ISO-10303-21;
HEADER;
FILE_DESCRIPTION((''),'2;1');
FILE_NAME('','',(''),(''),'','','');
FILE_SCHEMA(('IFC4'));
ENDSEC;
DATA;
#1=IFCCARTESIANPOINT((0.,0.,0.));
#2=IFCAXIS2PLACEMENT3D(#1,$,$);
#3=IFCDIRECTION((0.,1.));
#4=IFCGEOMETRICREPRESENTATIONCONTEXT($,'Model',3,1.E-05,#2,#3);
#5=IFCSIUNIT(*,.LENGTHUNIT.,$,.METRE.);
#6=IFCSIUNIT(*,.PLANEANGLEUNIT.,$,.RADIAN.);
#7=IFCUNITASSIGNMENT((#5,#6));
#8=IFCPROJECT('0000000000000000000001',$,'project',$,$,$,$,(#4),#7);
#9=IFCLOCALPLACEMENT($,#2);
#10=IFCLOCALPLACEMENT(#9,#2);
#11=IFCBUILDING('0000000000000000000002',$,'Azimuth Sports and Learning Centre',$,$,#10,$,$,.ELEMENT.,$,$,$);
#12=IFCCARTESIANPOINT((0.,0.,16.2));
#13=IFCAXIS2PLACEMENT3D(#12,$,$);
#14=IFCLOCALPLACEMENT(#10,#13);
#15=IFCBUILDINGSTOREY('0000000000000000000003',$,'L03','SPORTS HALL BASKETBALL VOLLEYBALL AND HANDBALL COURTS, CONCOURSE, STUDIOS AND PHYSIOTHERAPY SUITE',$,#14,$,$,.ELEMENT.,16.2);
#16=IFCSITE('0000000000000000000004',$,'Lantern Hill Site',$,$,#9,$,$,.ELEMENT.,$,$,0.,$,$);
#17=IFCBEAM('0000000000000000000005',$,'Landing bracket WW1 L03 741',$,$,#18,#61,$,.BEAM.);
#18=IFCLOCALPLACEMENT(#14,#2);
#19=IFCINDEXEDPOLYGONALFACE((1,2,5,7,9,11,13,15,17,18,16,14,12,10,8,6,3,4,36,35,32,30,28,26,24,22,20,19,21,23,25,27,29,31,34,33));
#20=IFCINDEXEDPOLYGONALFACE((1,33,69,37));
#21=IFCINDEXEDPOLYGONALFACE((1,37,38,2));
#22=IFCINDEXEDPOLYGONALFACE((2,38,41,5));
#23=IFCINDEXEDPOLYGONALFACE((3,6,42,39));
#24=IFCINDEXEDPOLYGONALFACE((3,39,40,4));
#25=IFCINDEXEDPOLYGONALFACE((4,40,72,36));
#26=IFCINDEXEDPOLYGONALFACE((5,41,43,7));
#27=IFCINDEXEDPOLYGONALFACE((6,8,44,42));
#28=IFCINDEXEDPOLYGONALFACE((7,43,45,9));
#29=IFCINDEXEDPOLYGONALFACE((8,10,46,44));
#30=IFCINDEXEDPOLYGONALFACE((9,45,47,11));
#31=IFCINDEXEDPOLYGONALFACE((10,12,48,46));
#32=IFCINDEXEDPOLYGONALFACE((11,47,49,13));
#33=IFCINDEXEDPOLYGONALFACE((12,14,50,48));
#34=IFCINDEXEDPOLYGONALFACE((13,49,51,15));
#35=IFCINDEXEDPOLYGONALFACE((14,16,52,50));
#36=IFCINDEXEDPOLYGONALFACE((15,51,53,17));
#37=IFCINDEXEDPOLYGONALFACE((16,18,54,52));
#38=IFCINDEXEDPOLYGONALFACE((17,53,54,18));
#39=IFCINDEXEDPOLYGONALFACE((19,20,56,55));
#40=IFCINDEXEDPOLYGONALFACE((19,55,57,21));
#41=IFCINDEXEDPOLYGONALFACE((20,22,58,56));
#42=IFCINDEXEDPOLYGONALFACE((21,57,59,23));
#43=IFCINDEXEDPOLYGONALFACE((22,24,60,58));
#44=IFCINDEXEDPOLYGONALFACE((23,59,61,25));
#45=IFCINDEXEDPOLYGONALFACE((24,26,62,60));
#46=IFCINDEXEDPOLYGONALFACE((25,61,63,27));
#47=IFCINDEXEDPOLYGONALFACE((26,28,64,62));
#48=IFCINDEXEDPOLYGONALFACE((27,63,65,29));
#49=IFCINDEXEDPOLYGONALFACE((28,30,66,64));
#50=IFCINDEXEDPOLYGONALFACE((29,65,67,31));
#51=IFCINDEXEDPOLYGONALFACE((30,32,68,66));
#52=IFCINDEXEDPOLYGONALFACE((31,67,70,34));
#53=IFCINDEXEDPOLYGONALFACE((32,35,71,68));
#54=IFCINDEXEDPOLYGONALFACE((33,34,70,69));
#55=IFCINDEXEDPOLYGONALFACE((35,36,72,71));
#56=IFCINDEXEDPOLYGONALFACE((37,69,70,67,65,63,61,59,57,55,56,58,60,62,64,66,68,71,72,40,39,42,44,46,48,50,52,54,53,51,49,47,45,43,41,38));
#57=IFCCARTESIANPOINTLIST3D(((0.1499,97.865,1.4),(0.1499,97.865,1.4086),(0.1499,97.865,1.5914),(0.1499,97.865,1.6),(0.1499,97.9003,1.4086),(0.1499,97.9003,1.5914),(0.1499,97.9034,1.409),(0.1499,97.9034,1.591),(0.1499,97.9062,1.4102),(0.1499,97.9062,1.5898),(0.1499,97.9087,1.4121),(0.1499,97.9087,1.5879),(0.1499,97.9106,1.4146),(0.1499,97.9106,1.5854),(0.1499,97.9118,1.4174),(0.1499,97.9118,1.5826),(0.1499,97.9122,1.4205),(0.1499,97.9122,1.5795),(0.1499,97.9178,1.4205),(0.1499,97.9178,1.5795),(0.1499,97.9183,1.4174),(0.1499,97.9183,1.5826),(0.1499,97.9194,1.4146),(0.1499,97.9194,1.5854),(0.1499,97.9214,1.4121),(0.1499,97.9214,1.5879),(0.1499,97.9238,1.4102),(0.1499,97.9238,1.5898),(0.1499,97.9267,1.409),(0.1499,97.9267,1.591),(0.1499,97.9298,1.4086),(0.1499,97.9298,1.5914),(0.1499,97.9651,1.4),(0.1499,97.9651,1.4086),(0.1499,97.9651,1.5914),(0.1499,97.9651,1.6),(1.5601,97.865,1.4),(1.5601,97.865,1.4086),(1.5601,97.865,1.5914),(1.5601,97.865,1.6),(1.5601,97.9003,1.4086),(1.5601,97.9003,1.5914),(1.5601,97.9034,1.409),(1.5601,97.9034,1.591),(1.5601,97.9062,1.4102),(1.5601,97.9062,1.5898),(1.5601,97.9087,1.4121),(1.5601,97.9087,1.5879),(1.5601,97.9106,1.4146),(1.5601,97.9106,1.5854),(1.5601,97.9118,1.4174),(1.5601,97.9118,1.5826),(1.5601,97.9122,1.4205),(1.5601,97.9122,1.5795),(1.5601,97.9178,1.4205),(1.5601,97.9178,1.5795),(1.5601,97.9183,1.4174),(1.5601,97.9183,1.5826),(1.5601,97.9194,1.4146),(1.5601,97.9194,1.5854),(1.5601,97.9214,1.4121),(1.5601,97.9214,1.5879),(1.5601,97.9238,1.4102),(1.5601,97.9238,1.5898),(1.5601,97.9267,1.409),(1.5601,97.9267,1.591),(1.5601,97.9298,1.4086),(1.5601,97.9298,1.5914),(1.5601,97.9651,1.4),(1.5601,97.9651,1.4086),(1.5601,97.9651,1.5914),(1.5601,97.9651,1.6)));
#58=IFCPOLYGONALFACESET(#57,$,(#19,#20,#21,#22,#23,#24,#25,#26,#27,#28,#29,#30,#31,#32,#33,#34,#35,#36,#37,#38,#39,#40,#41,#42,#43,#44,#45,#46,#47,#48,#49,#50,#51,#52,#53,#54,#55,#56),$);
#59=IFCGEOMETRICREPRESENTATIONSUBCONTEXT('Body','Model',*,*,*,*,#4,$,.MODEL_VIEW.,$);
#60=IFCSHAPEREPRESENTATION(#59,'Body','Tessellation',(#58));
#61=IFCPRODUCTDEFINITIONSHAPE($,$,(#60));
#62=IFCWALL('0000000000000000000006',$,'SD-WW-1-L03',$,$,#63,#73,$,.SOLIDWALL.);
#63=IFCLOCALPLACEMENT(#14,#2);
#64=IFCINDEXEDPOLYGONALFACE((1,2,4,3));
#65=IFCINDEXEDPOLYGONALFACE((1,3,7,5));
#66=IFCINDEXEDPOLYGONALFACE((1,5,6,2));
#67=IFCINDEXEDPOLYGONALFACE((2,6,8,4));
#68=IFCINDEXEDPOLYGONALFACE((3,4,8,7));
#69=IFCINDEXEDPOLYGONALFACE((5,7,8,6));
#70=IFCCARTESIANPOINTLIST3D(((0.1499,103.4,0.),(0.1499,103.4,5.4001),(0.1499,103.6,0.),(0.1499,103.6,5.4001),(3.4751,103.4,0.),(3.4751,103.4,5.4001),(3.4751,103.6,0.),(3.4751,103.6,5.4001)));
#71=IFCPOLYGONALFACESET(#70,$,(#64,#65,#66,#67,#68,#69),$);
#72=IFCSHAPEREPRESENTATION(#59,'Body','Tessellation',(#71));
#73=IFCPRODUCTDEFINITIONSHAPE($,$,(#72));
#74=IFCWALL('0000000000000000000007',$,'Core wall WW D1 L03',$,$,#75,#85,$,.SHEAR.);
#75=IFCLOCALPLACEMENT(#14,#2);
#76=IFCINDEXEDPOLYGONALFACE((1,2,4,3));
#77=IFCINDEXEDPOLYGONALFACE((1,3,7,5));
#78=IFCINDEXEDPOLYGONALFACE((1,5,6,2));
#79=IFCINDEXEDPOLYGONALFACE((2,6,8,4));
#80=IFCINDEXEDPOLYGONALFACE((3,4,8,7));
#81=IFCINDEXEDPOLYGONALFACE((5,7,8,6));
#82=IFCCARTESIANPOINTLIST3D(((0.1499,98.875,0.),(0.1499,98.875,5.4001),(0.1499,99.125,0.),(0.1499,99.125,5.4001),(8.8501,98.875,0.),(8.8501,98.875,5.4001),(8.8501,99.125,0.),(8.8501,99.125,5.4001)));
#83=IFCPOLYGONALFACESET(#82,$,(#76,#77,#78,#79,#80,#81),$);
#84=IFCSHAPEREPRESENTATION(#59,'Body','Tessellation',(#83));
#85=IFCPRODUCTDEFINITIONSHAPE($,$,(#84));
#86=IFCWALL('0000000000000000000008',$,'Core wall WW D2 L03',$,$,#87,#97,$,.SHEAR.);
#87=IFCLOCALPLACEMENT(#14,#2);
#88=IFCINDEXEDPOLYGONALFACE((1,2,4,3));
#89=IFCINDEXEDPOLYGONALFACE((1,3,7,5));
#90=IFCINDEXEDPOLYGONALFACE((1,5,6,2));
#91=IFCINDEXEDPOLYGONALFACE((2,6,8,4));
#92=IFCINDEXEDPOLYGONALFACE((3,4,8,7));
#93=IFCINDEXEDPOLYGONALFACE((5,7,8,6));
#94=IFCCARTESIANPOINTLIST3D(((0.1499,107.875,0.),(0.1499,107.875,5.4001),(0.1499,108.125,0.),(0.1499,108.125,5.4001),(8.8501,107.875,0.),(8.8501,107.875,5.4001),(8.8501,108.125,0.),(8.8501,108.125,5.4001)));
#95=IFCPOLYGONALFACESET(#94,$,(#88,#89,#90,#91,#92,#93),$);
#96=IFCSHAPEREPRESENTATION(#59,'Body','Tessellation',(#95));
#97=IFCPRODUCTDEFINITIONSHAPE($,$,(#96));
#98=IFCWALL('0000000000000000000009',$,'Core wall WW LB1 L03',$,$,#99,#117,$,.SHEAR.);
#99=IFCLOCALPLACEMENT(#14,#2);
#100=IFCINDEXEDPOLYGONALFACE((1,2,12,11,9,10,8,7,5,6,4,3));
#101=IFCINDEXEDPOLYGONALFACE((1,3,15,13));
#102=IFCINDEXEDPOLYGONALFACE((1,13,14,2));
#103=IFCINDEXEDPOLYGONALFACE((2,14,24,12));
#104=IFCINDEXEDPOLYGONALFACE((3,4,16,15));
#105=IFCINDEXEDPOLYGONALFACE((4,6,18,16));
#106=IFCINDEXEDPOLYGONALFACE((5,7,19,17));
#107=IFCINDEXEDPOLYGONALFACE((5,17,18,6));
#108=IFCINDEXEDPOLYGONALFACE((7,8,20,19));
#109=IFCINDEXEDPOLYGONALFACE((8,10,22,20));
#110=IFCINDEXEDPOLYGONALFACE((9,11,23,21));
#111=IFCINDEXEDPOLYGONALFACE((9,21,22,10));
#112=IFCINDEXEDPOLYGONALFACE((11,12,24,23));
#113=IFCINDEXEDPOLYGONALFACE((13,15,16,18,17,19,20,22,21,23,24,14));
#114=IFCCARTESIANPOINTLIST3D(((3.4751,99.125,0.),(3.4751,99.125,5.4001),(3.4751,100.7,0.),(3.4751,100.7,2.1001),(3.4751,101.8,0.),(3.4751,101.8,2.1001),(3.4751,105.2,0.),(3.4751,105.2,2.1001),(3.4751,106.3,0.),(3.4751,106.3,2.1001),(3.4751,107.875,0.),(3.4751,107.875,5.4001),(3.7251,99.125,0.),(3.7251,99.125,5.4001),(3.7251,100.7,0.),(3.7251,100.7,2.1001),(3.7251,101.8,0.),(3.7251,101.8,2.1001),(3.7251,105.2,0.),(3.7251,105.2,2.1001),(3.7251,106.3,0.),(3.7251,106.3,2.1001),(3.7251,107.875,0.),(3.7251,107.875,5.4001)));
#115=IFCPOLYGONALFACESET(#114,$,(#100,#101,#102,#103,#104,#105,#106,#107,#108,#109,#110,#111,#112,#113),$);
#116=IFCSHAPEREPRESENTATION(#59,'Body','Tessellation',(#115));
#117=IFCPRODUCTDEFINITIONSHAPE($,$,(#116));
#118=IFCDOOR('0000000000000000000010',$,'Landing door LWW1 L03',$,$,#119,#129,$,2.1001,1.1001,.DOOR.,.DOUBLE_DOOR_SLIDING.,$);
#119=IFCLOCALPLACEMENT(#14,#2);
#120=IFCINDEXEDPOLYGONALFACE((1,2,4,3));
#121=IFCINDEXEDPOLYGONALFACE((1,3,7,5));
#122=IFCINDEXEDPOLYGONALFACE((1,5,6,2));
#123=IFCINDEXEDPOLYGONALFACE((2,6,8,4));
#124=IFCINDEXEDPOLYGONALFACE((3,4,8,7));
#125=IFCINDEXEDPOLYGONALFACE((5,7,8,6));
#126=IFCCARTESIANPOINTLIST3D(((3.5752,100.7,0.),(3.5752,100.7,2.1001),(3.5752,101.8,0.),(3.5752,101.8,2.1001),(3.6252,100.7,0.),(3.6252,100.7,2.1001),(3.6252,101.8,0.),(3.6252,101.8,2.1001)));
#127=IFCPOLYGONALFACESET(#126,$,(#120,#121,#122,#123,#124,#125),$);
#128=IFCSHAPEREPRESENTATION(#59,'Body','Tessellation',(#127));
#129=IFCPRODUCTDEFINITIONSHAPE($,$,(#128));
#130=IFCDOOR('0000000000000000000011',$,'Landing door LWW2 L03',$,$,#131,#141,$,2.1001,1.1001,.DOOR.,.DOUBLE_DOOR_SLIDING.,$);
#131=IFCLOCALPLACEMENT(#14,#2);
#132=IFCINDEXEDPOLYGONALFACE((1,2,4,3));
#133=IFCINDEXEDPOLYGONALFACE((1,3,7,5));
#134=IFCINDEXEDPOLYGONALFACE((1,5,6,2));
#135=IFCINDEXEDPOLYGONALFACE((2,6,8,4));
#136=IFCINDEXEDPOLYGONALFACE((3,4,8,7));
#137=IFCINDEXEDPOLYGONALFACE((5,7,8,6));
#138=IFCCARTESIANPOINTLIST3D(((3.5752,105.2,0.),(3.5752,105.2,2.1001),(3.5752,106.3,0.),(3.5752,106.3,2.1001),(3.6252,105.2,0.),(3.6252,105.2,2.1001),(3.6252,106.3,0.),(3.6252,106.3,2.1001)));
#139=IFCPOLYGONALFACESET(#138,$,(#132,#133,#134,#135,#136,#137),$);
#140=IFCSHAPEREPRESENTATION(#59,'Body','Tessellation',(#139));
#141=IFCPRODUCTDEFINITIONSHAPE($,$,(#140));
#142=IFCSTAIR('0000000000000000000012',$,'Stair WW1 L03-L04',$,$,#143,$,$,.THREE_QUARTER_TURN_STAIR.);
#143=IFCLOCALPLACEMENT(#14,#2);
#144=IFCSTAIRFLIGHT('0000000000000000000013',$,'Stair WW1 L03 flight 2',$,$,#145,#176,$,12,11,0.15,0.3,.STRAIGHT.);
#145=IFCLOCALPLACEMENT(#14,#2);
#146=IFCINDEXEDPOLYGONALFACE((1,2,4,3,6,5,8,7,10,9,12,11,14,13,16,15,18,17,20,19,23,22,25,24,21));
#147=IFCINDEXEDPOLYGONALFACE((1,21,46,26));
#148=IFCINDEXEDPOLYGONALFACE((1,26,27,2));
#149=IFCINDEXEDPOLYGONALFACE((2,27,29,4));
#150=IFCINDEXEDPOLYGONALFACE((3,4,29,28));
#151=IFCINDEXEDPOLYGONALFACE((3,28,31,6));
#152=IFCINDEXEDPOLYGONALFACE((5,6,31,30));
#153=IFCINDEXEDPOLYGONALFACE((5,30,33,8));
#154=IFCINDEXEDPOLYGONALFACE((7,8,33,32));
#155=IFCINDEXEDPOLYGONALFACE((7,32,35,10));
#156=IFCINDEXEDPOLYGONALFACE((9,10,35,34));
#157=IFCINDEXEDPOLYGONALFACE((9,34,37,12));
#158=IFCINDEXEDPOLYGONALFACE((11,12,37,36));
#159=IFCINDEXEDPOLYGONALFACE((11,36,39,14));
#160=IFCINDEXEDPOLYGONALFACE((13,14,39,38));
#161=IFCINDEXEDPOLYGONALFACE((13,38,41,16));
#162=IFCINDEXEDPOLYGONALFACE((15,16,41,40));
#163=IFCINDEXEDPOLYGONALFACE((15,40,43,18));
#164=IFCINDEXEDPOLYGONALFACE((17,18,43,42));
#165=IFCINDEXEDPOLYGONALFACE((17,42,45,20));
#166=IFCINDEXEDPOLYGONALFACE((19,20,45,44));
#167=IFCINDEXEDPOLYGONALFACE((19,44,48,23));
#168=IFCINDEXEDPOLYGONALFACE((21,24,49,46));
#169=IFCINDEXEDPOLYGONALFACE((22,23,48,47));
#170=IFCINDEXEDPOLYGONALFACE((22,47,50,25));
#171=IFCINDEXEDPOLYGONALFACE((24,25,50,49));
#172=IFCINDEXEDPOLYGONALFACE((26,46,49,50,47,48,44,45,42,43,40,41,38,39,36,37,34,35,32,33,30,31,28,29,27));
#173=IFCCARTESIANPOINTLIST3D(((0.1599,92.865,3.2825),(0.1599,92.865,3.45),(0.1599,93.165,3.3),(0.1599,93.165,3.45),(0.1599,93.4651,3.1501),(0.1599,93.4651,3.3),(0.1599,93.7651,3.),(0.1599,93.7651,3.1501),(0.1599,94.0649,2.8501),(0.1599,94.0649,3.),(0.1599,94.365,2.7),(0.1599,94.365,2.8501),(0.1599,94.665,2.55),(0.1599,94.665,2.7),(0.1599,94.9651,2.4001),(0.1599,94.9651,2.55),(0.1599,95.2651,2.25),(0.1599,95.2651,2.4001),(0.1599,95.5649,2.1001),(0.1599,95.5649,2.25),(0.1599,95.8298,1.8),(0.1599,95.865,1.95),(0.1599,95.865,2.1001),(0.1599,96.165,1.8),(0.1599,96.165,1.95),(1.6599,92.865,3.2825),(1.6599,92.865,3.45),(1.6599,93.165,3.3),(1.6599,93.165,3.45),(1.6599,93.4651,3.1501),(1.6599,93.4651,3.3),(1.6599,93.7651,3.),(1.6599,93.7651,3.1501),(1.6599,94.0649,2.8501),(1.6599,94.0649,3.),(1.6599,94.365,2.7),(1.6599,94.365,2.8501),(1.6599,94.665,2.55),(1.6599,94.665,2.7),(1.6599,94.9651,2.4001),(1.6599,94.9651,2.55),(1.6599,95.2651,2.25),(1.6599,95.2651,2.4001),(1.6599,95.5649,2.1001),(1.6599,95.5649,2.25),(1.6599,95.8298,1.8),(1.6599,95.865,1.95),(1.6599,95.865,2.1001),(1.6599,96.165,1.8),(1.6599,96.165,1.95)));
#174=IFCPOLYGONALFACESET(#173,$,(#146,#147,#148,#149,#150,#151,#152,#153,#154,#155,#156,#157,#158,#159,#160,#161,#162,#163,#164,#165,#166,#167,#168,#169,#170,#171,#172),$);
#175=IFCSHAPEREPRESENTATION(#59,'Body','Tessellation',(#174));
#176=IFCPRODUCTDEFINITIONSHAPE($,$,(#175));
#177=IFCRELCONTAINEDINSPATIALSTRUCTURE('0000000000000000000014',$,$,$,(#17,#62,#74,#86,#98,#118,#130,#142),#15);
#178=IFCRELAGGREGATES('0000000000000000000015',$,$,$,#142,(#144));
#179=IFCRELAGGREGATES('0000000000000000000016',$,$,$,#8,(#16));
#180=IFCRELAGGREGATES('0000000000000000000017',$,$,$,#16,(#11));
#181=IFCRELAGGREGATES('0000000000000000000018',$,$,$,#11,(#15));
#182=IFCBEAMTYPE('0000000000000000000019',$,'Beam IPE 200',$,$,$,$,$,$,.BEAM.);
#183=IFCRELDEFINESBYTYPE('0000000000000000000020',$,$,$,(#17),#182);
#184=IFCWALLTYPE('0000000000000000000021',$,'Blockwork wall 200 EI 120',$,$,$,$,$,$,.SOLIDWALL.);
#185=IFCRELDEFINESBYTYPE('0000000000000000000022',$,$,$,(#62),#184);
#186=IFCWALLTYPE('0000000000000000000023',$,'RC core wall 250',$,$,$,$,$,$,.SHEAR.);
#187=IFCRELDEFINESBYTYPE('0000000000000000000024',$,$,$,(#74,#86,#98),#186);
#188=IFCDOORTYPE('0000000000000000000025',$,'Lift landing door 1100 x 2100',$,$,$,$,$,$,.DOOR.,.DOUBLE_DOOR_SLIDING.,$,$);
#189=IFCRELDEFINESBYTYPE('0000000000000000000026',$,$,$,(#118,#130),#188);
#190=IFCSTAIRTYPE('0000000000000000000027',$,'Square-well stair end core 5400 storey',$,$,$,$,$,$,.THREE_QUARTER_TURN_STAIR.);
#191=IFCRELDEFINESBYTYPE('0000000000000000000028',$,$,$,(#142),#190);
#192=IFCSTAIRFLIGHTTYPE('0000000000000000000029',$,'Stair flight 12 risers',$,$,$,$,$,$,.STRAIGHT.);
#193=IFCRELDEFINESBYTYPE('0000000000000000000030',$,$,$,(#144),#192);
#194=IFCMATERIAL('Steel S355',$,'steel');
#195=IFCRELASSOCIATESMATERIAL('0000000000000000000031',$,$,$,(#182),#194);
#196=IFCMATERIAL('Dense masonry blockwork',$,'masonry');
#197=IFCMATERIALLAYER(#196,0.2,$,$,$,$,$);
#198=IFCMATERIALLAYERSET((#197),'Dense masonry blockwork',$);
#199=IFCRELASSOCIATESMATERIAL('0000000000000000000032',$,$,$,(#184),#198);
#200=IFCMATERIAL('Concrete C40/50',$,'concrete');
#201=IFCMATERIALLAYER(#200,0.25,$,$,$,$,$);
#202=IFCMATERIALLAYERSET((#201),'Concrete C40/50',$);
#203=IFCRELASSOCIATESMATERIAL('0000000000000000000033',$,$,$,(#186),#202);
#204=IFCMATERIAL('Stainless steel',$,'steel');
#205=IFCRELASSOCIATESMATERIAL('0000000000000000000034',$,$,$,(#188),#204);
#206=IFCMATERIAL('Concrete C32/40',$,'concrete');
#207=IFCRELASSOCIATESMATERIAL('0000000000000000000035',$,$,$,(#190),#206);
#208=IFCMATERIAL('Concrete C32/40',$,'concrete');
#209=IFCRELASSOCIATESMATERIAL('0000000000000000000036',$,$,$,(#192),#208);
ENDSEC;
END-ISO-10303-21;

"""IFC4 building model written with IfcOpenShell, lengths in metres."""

from ifc_helpers import new_model, si_unit, direction, frame, frame_2d, origin, origin_2d, place, context, subcontext, project, spatial, polyline, rectangle, i_section, outline, extrude, material, layer, layer_set, material_profile, profile_set, type_object, element, fill, aggregate, save


model = new_model("IFC4")

# Units and contexts
model_context = context("Model", 3, precision=1e-05, world=origin(), true_north=direction((0.0, 1.0)))
body_context = subcontext(model_context, "Body", "Model", "MODEL_VIEW")
ifc_project = project(units=[si_unit("LENGTHUNIT", "METRE"), si_unit("PLANEANGLEUNIT", "RADIAN")], contexts=[model_context])

# Site, building, storey
site_placement = place(None, origin())
site = spatial("IfcSite", under=ifc_project, at=site_placement, Name="Lantern Hill Site", CompositionType="ELEMENT", RefElevation=0.0)
building_placement = place(site_placement, origin())
building = spatial("IfcBuilding", under=site, at=building_placement, Name="Azimuth Sports and Learning Centre", CompositionType="ELEMENT")
storey_placement = place(building_placement, frame((0.0, 0.0, 16.2)))
storey = spatial("IfcBuildingStorey", under=building, at=storey_placement, Name="L03", Description="SPORTS HALL BASKETBALL VOLLEYBALL AND HANDBALL COURTS, CONCOURSE, STUDIOS AND PHYSIOTHERAPY SUITE", CompositionType="ELEMENT", Elevation=16.2)

# Beam
ifc_material_1 = material(Name="Steel S355", Category="steel")
ifc_material_profile = material_profile(ifc_material_1, i_section(OverallWidth=0.1001, OverallDepth=0.2, WebThickness=0.0056, FlangeThickness=0.0085, FilletRadius=0.012, at=origin_2d()), Name="IPE 200")
ifc_profile_set = profile_set([ifc_material_profile], Name="Steel S355")
beam_type = type_object("IfcBeamType", Name="Beam IPE 200", PredefinedType="BEAM", material=ifc_profile_set)
beam_placement = place(storey_placement, frame((0.1499, 97.915, 1.5), z_axis=(1.0, 0.0, 0.0), x_axis=(0.0, 1.0, 0.0)))
element("IfcBeam", 1, at=beam_placement, inside=storey, type_object=beam_type, Name="Landing bracket WW1 L03 741", PredefinedType="BEAM", context=body_context, shape_type="SweptSolid", body=[
    extrude(i_section(OverallWidth=0.1001, OverallDepth=0.2, WebThickness=0.0056, FlangeThickness=0.0085, FilletRadius=0.012, at=origin_2d()), origin(), (0.0, 0.0, 1.0), 1.4102),
])

# Walls
ifc_material_2 = material(Name="Dense masonry blockwork", Category="masonry")
ifc_layer_1 = layer(ifc_material_2, 0.2)
ifc_layer_set_1 = layer_set([ifc_layer_1], Name="Dense masonry blockwork")
wall_type_1 = type_object("IfcWallType", Name="Blockwork wall 200 EI 120", PredefinedType="SOLIDWALL", material=ifc_layer_set_1)
wall_1_placement = place(storey_placement, frame((0.1499, 103.5, 0.0), z_axis=(0.0, 0.0, 1.0), x_axis=(1.0, 0.0, 0.0)))
element("IfcWall", 2, at=wall_1_placement, inside=storey, type_object=wall_type_1, Name="SD-WW-1-L03", PredefinedType="SOLIDWALL", context=body_context, shape_type="SweptSolid", body=[
    extrude(rectangle(XDim=3.3252, YDim=0.2, at=frame_2d((1.6626, 0.0))), origin(), (0.0, 0.0, 1.0), 5.4001),
])
ifc_material_3 = material(Name="Concrete C40/50", Category="concrete")
ifc_layer_2 = layer(ifc_material_3, 0.25)
ifc_layer_set_2 = layer_set([ifc_layer_2], Name="Concrete C40/50")
wall_type_2 = type_object("IfcWallType", Name="RC core wall 250", PredefinedType="SHEAR", material=ifc_layer_set_2)
for number, where, z_axis, x_axis, name in (
    (3, (0.1499, 99.0, 0.0), (0.0, 0.0, 1.0), (1.0, 0.0, 0.0), "Core wall WW D1 L03"),
    (4, (0.1499, 108.0, 0.0), (0.0, 0.0, 1.0), (1.0, 0.0, 0.0), "Core wall WW D2 L03"),
):
    element("IfcWall", number, at=place(storey_placement, frame(where, z_axis=z_axis, x_axis=x_axis)), inside=storey, type_object=wall_type_2, Name=name, PredefinedType="SHEAR", context=body_context, shape_type="SweptSolid", body=[
        extrude(rectangle(XDim=8.7002, YDim=0.25, at=frame_2d((4.3501, 0.0))), origin(), (0.0, 0.0, 1.0), 5.4001),
    ])

# Wall, openings, doors
wall_2_placement = place(storey_placement, frame((3.6001, 99.125, 0.0), z_axis=(0.0, 0.0, 1.0), x_axis=(0.0, 1.0, 0.0)))
wall_2 = element("IfcWall", 5, at=wall_2_placement, inside=storey, type_object=wall_type_2, Name="Core wall WW LB1 L03", PredefinedType="SHEAR", context=body_context, shape_type="SweptSolid", body=[
    extrude(rectangle(XDim=8.75, YDim=0.25, at=frame_2d((4.375, 0.0))), origin(), (0.0, 0.0, 1.0), 5.4001),
])
opening_1_placement = place(wall_2_placement, frame((1.575, 0.0, 0.0)))
opening_1 = element("IfcOpeningElement", 6, at=opening_1_placement, cuts=wall_2, PredefinedType="OPENING", context=body_context, shape_type="SweptSolid", body=[
    extrude(rectangle(XDim=1.1001, YDim=2.1001, at=frame_2d((0.55, 1.05))), frame((0.0, 0.136, 0.0), z_axis=(0.0, -1.0, 0.0), x_axis=(1.0, 0.0, 0.0)), (0.0, 0.0, 1.0), 0.272),
])
opening_2_placement = place(wall_2_placement, frame((6.075, 0.0, 0.0)))
opening_2 = element("IfcOpeningElement", 7, at=opening_2_placement, cuts=wall_2, PredefinedType="OPENING", context=body_context, shape_type="SweptSolid", body=[
    extrude(rectangle(XDim=1.1001, YDim=2.1001, at=frame_2d((0.55, 1.05))), frame((0.0, 0.136, 0.0), z_axis=(0.0, -1.0, 0.0), x_axis=(1.0, 0.0, 0.0)), (0.0, 0.0, 1.0), 0.272),
])
ifc_material_4 = material(Name="Stainless steel", Category="steel")
door_type = type_object("IfcDoorType", Name="Lift landing door 1100 x 2100", OperationType="DOUBLE_DOOR_SLIDING", PredefinedType="DOOR", material=ifc_material_4)
door_1_placement = place(opening_1_placement, origin())
door_1 = element("IfcDoor", 8, at=door_1_placement, inside=storey, type_object=door_type, Name="Landing door LWW1 L03", OperationType="DOUBLE_DOOR_SLIDING", OverallHeight=2.1001, OverallWidth=1.1001, PredefinedType="DOOR", context=body_context, shape_type="SweptSolid", body=[
    extrude(rectangle(XDim=1.1001, YDim=2.1001, at=frame_2d((0.55, 1.05))), frame((0.0, 0.0249, 0.0), z_axis=(0.0, -1.0, 0.0), x_axis=(1.0, 0.0, 0.0)), (0.0, 0.0, 1.0), 0.05),
])
fill(opening_1, door_1)
door_2_placement = place(opening_2_placement, origin())
door_2 = element("IfcDoor", 9, at=door_2_placement, inside=storey, type_object=door_type, Name="Landing door LWW2 L03", OperationType="DOUBLE_DOOR_SLIDING", OverallHeight=2.1001, OverallWidth=1.1001, PredefinedType="DOOR", context=body_context, shape_type="SweptSolid", body=[
    extrude(rectangle(XDim=1.1001, YDim=2.1001, at=frame_2d((0.55, 1.05))), frame((0.0, 0.0249, 0.0), z_axis=(0.0, -1.0, 0.0), x_axis=(1.0, 0.0, 0.0)), (0.0, 0.0, 1.0), 0.05),
])
fill(opening_2, door_2)

# Stair, stair flight
ifc_material_5 = material(Name="Concrete C32/40", Category="concrete")
stair_type = type_object("IfcStairType", Name="Square-well stair end core 5400 storey", PredefinedType="THREE_QUARTER_TURN_STAIR", material=ifc_material_5)
stair_placement = place(storey_placement, origin())
stair = element("IfcStair", 10, at=stair_placement, inside=storey, type_object=stair_type, Name="Stair WW1 L03-L04", PredefinedType="THREE_QUARTER_TURN_STAIR")
ifc_material_6 = material(Name="Concrete C32/40", Category="concrete")
stair_flight_type = type_object("IfcStairFlightType", Name="Stair flight 12 risers", PredefinedType="STRAIGHT", material=ifc_material_6)
stair_flight_placement = place(storey_placement, frame((0.9099, 96.165, 1.8), z_axis=(0.0, 0.0, 1.0), x_axis=(0.0, -1.0, 0.0)))
stair_flight = element("IfcStairFlight", 11, at=stair_flight_placement, type_object=stair_flight_type, Name="Stair WW1 L03 flight 2", NumberOfRisers=12, NumberOfTreads=11, PredefinedType="STRAIGHT", RiserHeight=0.15, TreadLength=0.3, context=body_context, shape_type="SweptSolid", body=[
    extrude(outline(polyline([(0.0, 0.0), (0.0, 0.1499), (0.3, 0.1499), (0.3, 0.3), (0.6001, 0.3), (0.6001, 0.45), (0.8999, 0.45), (0.8999, 0.6001), (1.2, 0.6001), (1.2, 0.75), (1.5, 0.75), (1.5, 0.8999), (1.8, 0.8999), (1.8, 1.05), (2.1001, 1.05), (2.1001, 1.2), (2.3999, 1.2), (2.3999, 1.3501), (2.7, 1.3501), (2.7, 1.5), (3.0, 1.5), (3.0, 1.6499), (3.3, 1.6499), (3.3, 1.8), (3.3, 1.4824), (0.3352, 0.0), (0.0, 0.0)])), frame((0.0, 0.75, 0.0), z_axis=(0.0, -1.0, 0.0), x_axis=(1.0, 0.0, 0.0)), (0.0, 0.0, 1.0), 1.5),
])
aggregate(stair, [stair_flight])

save(model, "model.ifc")
